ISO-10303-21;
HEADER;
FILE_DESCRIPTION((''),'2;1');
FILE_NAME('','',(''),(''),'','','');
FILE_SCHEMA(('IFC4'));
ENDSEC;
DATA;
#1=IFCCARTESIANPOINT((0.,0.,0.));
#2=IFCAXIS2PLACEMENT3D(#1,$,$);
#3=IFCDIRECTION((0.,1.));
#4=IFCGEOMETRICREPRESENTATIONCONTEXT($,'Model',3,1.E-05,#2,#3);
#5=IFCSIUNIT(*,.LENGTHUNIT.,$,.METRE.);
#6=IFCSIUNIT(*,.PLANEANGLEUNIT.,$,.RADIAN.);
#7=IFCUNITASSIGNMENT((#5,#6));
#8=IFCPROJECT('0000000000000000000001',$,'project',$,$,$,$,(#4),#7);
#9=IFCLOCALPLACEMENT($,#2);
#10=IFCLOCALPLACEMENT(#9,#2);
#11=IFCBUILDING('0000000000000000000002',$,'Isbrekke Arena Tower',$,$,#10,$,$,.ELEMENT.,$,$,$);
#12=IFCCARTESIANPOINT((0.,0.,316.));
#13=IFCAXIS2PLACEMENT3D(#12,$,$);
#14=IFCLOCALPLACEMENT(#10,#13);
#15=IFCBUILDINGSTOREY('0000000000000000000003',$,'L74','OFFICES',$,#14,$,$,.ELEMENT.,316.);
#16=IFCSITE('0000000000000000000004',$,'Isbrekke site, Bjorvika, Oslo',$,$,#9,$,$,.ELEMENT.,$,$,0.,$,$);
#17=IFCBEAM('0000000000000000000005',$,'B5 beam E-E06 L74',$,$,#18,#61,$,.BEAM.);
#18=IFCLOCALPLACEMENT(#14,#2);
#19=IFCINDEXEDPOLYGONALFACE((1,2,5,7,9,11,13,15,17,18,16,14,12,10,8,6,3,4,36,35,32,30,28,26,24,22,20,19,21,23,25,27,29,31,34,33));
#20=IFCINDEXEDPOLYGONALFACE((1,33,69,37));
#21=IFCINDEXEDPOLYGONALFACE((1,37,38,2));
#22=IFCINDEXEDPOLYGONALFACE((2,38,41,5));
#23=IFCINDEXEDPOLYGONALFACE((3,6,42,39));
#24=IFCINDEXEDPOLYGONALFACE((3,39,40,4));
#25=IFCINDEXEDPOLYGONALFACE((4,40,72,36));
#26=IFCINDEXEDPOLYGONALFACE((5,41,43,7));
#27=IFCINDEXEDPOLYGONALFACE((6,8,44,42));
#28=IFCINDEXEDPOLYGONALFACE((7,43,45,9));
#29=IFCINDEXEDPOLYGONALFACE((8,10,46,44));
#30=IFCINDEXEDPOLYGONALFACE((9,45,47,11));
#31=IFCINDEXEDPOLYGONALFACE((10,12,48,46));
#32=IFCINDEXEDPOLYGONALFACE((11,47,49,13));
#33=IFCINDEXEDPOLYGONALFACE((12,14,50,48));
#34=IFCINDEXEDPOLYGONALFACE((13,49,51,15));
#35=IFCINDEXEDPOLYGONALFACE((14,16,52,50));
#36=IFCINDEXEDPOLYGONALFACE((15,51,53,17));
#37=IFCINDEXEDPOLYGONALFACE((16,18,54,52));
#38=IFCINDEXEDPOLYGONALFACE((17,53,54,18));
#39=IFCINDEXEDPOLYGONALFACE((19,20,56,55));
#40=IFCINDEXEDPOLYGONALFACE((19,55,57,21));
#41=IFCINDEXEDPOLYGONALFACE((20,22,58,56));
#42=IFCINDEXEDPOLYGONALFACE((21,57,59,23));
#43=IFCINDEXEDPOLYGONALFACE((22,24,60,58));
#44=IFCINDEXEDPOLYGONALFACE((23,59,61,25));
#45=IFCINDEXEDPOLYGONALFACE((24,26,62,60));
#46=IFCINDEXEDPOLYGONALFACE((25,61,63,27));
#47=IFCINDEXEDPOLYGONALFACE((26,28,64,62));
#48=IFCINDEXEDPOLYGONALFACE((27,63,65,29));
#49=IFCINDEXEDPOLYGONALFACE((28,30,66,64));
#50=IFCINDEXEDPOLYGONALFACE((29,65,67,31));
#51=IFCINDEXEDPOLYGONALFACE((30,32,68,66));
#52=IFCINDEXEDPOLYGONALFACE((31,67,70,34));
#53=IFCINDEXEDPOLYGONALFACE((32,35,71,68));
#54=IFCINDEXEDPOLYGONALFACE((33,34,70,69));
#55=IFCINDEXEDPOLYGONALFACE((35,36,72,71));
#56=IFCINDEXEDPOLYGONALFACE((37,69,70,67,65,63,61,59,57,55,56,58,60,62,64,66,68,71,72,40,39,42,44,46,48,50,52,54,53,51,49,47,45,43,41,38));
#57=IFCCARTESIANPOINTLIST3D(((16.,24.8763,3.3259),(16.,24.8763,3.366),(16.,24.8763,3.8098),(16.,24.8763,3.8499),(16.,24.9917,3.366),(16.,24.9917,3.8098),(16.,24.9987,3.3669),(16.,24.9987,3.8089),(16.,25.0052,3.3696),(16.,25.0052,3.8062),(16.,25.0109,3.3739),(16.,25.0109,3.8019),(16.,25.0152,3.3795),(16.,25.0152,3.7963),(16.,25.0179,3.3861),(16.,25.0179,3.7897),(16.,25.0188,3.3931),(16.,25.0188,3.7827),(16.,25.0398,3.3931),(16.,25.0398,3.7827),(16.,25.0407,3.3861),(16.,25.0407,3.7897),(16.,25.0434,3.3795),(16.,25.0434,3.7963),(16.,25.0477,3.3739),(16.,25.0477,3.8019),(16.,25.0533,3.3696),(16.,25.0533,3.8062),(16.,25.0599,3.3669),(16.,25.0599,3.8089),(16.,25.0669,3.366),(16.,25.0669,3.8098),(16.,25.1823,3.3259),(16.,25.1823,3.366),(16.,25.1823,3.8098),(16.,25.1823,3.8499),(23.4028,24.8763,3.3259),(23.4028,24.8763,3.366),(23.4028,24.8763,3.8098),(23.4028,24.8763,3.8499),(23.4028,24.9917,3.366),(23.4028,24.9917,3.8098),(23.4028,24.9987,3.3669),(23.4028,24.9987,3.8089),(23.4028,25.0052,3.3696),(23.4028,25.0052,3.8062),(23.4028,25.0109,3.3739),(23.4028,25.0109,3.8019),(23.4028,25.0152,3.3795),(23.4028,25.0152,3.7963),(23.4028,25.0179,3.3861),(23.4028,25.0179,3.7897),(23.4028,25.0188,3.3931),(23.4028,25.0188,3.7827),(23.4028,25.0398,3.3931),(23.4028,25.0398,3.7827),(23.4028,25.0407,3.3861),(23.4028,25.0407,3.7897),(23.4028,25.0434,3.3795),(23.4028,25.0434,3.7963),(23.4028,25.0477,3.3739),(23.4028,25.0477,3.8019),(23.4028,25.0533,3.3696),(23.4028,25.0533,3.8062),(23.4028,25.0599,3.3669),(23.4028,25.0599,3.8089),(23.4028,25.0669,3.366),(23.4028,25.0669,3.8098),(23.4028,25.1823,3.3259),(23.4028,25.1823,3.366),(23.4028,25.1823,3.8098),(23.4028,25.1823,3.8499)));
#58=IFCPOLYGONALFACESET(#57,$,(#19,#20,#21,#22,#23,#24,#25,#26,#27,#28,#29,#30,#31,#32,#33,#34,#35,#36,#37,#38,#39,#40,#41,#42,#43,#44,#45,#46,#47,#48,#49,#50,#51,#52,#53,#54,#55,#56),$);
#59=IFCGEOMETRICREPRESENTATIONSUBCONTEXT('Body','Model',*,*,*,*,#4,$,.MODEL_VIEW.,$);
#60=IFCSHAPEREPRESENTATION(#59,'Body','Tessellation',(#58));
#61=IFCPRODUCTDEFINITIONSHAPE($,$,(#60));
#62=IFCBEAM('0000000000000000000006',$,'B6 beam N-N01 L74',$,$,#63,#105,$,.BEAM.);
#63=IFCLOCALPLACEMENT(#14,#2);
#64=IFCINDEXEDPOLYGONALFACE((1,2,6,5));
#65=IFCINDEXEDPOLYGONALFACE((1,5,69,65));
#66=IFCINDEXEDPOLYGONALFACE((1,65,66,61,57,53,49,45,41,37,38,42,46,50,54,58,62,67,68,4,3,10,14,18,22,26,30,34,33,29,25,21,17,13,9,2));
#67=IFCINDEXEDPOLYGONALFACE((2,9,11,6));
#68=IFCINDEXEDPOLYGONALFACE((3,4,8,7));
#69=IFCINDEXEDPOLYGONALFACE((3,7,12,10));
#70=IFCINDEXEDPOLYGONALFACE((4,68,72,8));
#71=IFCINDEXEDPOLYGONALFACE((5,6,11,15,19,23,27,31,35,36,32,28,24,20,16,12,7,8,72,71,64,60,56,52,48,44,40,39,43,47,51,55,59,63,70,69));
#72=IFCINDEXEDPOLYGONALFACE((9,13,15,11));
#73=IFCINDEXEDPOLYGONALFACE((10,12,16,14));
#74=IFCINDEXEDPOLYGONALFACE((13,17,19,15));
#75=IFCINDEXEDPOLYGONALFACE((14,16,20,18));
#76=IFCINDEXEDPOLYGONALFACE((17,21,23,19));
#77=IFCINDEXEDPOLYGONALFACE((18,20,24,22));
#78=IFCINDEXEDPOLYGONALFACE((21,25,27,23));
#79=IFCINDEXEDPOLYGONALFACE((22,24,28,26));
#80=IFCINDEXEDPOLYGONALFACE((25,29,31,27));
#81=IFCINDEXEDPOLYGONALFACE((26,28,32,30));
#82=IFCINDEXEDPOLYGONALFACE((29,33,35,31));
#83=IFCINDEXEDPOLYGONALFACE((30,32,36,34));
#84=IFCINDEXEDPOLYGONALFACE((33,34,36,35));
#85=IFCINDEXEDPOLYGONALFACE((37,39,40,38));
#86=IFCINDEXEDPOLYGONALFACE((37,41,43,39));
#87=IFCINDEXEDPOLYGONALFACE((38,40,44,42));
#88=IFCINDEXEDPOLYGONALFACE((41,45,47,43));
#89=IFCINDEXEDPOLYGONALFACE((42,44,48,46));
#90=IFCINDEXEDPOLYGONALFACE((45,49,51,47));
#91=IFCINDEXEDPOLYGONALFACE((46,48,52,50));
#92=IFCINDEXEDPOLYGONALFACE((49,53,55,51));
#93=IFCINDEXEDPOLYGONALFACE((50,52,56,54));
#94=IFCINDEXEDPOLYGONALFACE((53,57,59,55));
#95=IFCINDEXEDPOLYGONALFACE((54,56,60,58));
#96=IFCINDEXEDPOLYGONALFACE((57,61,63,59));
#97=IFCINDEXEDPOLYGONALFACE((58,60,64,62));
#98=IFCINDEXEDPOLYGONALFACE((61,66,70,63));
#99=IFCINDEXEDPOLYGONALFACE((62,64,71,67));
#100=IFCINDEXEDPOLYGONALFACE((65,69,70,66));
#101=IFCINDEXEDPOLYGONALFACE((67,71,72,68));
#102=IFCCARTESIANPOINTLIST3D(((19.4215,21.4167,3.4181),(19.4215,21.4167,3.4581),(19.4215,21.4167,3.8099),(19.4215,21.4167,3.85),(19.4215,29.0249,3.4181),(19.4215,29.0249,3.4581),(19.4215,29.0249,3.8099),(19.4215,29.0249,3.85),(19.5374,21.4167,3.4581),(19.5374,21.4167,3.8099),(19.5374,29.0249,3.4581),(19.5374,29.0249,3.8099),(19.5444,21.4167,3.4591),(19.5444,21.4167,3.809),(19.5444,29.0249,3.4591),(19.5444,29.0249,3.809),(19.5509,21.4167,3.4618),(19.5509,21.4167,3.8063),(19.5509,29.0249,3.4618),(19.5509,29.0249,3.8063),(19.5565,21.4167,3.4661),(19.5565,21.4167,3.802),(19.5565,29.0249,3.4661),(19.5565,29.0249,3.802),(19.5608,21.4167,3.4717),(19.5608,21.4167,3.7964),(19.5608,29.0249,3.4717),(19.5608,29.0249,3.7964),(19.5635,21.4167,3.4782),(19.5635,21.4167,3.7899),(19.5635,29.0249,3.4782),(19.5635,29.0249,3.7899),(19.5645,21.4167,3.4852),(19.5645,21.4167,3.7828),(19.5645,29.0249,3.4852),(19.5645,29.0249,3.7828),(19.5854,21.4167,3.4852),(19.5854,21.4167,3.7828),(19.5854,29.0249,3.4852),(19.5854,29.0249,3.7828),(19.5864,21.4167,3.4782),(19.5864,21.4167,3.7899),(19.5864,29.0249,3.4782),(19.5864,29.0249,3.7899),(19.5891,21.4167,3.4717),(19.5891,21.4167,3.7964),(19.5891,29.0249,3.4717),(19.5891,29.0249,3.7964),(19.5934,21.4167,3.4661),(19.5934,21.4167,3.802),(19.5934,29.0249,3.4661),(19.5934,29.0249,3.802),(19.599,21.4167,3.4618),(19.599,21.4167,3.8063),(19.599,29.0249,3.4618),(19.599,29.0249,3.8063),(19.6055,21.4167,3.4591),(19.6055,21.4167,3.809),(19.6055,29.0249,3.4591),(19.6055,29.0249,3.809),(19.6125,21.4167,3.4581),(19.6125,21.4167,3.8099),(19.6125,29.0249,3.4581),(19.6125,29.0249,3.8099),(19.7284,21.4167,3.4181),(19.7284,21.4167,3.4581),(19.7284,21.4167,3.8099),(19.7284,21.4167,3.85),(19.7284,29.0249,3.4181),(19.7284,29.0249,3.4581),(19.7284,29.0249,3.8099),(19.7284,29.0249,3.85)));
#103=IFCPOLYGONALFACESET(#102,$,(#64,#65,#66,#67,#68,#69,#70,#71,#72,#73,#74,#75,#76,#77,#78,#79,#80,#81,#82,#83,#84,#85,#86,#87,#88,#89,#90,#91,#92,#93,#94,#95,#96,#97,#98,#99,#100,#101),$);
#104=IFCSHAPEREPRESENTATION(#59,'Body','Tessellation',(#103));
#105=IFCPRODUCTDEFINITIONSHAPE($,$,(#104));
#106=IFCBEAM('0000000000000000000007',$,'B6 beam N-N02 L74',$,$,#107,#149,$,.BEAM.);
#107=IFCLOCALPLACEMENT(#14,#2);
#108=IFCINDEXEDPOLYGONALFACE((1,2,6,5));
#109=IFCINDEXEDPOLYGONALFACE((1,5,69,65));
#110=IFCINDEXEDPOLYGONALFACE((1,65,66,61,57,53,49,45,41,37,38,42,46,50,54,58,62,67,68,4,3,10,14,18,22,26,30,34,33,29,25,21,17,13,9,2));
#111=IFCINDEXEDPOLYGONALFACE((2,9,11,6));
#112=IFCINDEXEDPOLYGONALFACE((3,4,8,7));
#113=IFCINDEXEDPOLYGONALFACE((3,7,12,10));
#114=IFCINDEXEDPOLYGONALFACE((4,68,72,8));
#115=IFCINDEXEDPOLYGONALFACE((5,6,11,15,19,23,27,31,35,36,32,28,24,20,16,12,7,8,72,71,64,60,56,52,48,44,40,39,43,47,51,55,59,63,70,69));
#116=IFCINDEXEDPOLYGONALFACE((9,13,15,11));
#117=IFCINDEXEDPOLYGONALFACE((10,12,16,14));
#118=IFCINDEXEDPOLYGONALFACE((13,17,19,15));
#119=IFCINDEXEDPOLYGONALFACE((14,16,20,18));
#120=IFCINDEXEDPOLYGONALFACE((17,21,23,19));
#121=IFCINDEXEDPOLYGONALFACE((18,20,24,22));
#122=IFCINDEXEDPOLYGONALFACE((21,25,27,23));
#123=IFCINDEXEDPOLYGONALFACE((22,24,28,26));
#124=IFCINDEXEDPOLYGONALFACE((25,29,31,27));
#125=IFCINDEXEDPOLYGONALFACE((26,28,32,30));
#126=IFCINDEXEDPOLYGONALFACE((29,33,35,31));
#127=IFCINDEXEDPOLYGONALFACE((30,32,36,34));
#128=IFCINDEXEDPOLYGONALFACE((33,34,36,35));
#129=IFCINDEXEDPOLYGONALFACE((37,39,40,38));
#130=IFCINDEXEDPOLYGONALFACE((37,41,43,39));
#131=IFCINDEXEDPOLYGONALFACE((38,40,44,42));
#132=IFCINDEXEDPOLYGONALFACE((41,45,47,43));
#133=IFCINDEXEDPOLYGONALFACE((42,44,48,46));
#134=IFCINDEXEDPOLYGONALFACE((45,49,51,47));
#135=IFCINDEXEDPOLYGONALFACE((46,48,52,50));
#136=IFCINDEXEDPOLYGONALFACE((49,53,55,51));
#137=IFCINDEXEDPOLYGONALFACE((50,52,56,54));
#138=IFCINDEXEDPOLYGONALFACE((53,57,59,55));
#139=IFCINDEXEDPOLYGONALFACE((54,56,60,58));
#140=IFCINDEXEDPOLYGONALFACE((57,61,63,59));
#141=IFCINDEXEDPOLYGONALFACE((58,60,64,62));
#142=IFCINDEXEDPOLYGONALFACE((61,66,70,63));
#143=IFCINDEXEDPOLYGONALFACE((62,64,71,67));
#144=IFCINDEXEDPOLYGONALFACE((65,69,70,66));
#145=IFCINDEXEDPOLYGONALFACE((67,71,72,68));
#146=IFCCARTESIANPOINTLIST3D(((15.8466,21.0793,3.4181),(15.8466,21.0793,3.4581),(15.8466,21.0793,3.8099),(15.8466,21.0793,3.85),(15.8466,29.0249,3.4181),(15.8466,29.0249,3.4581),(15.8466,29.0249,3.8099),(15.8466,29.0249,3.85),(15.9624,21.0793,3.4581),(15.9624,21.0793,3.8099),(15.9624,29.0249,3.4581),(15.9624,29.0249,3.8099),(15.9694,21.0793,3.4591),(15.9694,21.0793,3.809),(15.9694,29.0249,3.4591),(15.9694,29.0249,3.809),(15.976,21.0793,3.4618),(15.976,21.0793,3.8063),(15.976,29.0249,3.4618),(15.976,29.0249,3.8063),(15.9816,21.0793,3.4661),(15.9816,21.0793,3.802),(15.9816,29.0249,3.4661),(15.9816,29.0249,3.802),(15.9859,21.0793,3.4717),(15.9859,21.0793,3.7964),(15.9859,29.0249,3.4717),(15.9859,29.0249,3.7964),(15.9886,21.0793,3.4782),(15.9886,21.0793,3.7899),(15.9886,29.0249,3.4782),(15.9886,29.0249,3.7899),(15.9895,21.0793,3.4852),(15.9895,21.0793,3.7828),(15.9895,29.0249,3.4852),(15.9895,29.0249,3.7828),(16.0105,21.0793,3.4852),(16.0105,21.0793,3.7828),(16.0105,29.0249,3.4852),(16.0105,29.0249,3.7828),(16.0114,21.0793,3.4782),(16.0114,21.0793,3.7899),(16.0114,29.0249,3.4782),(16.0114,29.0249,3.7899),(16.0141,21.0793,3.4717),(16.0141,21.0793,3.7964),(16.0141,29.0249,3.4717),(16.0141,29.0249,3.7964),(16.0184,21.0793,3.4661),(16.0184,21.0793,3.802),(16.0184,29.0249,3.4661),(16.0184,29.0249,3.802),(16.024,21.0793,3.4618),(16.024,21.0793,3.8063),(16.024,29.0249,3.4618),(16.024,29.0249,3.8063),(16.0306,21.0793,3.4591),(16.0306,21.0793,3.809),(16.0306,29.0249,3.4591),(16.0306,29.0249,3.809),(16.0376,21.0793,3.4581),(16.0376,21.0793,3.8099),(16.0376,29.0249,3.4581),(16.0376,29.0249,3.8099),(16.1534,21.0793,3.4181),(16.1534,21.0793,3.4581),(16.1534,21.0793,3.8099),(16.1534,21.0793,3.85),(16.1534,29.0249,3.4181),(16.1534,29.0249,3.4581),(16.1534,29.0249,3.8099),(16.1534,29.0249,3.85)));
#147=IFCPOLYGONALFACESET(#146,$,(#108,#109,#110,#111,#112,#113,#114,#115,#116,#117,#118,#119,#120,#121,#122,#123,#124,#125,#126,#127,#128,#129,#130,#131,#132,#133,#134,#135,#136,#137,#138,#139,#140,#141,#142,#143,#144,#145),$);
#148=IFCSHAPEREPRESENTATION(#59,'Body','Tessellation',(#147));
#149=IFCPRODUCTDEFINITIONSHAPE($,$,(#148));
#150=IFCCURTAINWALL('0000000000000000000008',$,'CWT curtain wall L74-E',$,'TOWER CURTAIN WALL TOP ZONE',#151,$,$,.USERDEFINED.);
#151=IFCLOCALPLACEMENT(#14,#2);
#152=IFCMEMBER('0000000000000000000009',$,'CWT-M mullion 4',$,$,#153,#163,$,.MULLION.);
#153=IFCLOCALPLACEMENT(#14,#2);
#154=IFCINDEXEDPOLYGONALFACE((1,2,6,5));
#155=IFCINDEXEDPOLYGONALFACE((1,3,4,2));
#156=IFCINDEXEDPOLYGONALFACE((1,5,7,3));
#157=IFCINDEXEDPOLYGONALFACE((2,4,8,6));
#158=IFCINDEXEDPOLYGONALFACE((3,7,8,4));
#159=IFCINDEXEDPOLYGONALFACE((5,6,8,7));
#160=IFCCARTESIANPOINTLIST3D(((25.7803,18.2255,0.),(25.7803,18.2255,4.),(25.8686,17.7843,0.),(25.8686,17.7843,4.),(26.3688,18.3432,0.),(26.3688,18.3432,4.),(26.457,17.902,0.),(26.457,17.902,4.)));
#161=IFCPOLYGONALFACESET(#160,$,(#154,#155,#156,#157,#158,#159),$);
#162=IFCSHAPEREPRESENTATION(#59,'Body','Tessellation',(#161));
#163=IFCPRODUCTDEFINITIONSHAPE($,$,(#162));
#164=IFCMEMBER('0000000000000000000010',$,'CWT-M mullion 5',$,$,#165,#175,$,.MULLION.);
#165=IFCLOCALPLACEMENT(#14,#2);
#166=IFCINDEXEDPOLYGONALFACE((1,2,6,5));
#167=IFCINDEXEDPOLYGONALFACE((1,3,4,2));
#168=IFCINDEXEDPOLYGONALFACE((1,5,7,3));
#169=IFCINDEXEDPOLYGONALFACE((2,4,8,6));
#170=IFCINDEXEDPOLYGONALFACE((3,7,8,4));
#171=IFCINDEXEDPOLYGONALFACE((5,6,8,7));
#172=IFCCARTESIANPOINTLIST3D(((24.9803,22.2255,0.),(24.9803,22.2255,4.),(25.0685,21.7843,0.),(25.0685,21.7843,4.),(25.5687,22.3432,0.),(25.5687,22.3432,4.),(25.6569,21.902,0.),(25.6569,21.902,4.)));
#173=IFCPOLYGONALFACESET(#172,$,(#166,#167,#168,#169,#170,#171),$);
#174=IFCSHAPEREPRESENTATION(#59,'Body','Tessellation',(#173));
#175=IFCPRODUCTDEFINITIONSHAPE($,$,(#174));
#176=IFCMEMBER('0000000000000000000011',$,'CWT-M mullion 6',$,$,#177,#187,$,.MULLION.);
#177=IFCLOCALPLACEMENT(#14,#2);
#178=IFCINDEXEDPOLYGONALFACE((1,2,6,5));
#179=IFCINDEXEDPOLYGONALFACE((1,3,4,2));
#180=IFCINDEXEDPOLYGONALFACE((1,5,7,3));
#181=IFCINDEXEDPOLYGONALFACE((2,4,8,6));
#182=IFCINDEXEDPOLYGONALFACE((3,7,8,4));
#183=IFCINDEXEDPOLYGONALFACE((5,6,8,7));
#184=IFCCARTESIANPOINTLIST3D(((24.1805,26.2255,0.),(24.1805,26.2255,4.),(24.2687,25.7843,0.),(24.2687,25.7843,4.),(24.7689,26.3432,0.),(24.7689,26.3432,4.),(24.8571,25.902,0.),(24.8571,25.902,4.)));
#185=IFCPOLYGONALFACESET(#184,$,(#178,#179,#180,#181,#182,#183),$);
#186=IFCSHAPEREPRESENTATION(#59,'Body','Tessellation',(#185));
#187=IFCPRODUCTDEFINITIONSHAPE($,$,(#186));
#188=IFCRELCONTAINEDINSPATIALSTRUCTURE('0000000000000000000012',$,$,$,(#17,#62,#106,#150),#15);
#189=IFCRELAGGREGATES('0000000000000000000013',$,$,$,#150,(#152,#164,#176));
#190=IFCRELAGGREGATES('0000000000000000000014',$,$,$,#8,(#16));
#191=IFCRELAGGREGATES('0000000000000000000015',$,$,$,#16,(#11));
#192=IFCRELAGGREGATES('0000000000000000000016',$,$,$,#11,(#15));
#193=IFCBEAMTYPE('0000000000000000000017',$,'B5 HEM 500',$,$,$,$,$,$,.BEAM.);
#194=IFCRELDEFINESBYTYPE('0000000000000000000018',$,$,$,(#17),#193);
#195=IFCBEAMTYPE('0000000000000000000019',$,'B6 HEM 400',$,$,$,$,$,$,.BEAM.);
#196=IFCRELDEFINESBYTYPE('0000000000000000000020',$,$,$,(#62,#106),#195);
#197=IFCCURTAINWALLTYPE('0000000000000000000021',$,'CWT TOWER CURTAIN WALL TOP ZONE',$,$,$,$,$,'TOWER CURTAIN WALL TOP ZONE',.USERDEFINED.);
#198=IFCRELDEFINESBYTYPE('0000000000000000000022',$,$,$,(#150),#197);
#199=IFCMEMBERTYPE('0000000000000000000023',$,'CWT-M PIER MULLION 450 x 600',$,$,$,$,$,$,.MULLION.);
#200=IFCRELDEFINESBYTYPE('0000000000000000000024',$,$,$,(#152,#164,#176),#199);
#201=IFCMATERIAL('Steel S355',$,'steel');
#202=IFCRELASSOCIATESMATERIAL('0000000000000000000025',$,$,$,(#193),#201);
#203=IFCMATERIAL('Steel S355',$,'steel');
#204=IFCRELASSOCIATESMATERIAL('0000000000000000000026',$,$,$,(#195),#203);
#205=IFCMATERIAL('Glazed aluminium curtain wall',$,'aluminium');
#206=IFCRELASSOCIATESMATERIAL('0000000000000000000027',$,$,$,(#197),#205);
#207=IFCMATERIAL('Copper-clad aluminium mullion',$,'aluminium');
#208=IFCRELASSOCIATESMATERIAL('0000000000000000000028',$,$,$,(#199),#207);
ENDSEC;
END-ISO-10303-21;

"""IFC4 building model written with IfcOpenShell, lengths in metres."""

from ifc_helpers import new_model, si_unit, direction, frame, origin, origin_2d, place, context, subcontext, project, spatial, rectangle, i_section, extrude, material, material_profile, profile_set, type_object, element, aggregate, save


model = new_model("IFC4")

# Units and contexts
model_context = context("Model", 3, precision=1e-05, world=origin(), true_north=direction((0.0, 1.0)))
body_context = subcontext(model_context, "Body", "Model", "MODEL_VIEW")
ifc_project = project(units=[si_unit("LENGTHUNIT", "METRE"), si_unit("PLANEANGLEUNIT", "RADIAN")], contexts=[model_context])

# Site, building, storey
site_placement = place(None, origin())
site = spatial("IfcSite", under=ifc_project, at=site_placement, Name="Isbrekke site, Bjorvika, Oslo", CompositionType="ELEMENT", RefElevation=0.0)
building_placement = place(site_placement, origin())
building = spatial("IfcBuilding", under=site, at=building_placement, Name="Isbrekke Arena Tower", CompositionType="ELEMENT")
storey_placement = place(building_placement, frame((0.0, 0.0, 316.0)))
storey = spatial("IfcBuildingStorey", under=building, at=storey_placement, Name="L74", Description="OFFICES", CompositionType="ELEMENT", Elevation=316.0)

# Beams
ifc_material_1 = material(Name="Steel S355", Category="steel")
ifc_material_profile_1 = material_profile(ifc_material_1, i_section(OverallWidth=0.3059, OverallDepth=0.5239, WebThickness=0.021, FlangeThickness=0.04, FilletRadius=0.0271, at=origin_2d()), Name="HEM 500")
ifc_profile_set_1 = profile_set([ifc_material_profile_1], Name="Steel S355")
beam_type_1 = type_object("IfcBeamType", Name="B5 HEM 500", PredefinedType="BEAM", material=ifc_profile_set_1)
beam_1_placement = place(storey_placement, frame((23.4028, 25.0293, 3.5879), z_axis=(-1.0, 0.0, 0.0), x_axis=(0.0, -1.0, 0.0)))
element("IfcBeam", 1, at=beam_1_placement, inside=storey, type_object=beam_type_1, Name="B5 beam E-E06 L74", PredefinedType="BEAM", context=body_context, shape_type="SweptSolid", body=[
    extrude(i_section(OverallWidth=0.3059, OverallDepth=0.5239, WebThickness=0.021, FlangeThickness=0.04, FilletRadius=0.0271, at=origin_2d()), origin(), (0.0, 0.0, 1.0), 7.4028),
])
ifc_material_2 = material(Name="Steel S355", Category="steel")
ifc_material_profile_2 = material_profile(ifc_material_2, i_section(OverallWidth=0.3069, OverallDepth=0.4319, WebThickness=0.021, FlangeThickness=0.04, FilletRadius=0.0271, at=origin_2d()), Name="HEM 400")
ifc_profile_set_2 = profile_set([ifc_material_profile_2], Name="Steel S355")
beam_type_2 = type_object("IfcBeamType", Name="B6 HEM 400", PredefinedType="BEAM", material=ifc_profile_set_2)
beam_2_placement = place(storey_placement, frame((19.575, 29.0249, 3.634), z_axis=(0.0, -1.0, 0.0), x_axis=(1.0, 0.0, 0.0)))
element("IfcBeam", 2, at=beam_2_placement, inside=storey, type_object=beam_type_2, Name="B6 beam N-N01 L74", PredefinedType="BEAM", context=body_context, shape_type="SweptSolid", body=[
    extrude(i_section(OverallWidth=0.3069, OverallDepth=0.4319, WebThickness=0.021, FlangeThickness=0.04, FilletRadius=0.0271, at=origin_2d()), origin(), (0.0, 0.0, 1.0), 7.6082),
])
beam_3_placement = place(storey_placement, frame((16.0, 29.0249, 3.634), z_axis=(0.0, -1.0, 0.0), x_axis=(1.0, 0.0, 0.0)))
element("IfcBeam", 3, at=beam_3_placement, inside=storey, type_object=beam_type_2, Name="B6 beam N-N02 L74", PredefinedType="BEAM", context=body_context, shape_type="SweptSolid", body=[
    extrude(i_section(OverallWidth=0.3069, OverallDepth=0.4319, WebThickness=0.021, FlangeThickness=0.04, FilletRadius=0.0271, at=origin_2d()), origin(), (0.0, 0.0, 1.0), 7.9456),
])

# Curtain wall, members
ifc_material_3 = material(Name="Glazed aluminium curtain wall", Category="aluminium")
curtain_wall_type = type_object("IfcCurtainWallType", Name="CWT TOWER CURTAIN WALL TOP ZONE", ElementType="TOWER CURTAIN WALL TOP ZONE", PredefinedType="USERDEFINED", material=ifc_material_3)
curtain_wall_1_placement = place(storey_placement, origin())
curtain_wall_1 = element("IfcCurtainWall", 4, at=curtain_wall_1_placement, inside=storey, type_object=curtain_wall_type, Name="CWT curtain wall L74-E", ObjectType="TOWER CURTAIN WALL TOP ZONE", PredefinedType="USERDEFINED")
ifc_material_4 = material(Name="Copper-clad aluminium mullion", Category="aluminium")
ifc_material_profile_3 = material_profile(ifc_material_4, rectangle(XDim=0.45, YDim=0.6001, at=origin_2d()), Name="PIER 450X600")
ifc_profile_set_3 = profile_set([ifc_material_profile_3], Name="Copper-clad aluminium mullion")
member_type_1 = type_object("IfcMemberType", Name="CWT-M PIER MULLION 450 x 600", PredefinedType="MULLION", material=ifc_profile_set_3)
member_1_placement = place(storey_placement, frame((26.1187, 18.0637, 0.0), z_axis=(0.0, 0.0, 1.0), x_axis=(-0.196116, 0.980581, 0.0)))
member_1 = element("IfcMember", 5, at=member_1_placement, type_object=member_type_1, Name="CWT-M mullion 4", PredefinedType="MULLION", context=body_context, shape_type="SweptSolid", body=[
    extrude(rectangle(XDim=0.45, YDim=0.6001, at=origin_2d()), origin(), (0.0, 0.0, 1.0), 4.0),
])
member_2_placement = place(storey_placement, frame((25.3186, 22.0637, 0.0), z_axis=(0.0, 0.0, 1.0), x_axis=(-0.196116, 0.980581, 0.0)))
member_2 = element("IfcMember", 6, at=member_2_placement, type_object=member_type_1, Name="CWT-M mullion 5", PredefinedType="MULLION", context=body_context, shape_type="SweptSolid", body=[
    extrude(rectangle(XDim=0.45, YDim=0.6001, at=origin_2d()), origin(), (0.0, 0.0, 1.0), 4.0),
])
member_3_placement = place(storey_placement, frame((24.5188, 26.0637, 0.0), z_axis=(0.0, 0.0, 1.0), x_axis=(-0.196116, 0.980581, 0.0)))
member_3 = element("IfcMember", 7, at=member_3_placement, type_object=member_type_1, Name="CWT-M mullion 6", PredefinedType="MULLION", context=body_context, shape_type="SweptSolid", body=[
    extrude(rectangle(XDim=0.45, YDim=0.6001, at=origin_2d()), origin(), (0.0, 0.0, 1.0), 4.0),
])

aggregate(curtain_wall_1, [member_1, member_2, member_3])

save(model, "model.ifc")
